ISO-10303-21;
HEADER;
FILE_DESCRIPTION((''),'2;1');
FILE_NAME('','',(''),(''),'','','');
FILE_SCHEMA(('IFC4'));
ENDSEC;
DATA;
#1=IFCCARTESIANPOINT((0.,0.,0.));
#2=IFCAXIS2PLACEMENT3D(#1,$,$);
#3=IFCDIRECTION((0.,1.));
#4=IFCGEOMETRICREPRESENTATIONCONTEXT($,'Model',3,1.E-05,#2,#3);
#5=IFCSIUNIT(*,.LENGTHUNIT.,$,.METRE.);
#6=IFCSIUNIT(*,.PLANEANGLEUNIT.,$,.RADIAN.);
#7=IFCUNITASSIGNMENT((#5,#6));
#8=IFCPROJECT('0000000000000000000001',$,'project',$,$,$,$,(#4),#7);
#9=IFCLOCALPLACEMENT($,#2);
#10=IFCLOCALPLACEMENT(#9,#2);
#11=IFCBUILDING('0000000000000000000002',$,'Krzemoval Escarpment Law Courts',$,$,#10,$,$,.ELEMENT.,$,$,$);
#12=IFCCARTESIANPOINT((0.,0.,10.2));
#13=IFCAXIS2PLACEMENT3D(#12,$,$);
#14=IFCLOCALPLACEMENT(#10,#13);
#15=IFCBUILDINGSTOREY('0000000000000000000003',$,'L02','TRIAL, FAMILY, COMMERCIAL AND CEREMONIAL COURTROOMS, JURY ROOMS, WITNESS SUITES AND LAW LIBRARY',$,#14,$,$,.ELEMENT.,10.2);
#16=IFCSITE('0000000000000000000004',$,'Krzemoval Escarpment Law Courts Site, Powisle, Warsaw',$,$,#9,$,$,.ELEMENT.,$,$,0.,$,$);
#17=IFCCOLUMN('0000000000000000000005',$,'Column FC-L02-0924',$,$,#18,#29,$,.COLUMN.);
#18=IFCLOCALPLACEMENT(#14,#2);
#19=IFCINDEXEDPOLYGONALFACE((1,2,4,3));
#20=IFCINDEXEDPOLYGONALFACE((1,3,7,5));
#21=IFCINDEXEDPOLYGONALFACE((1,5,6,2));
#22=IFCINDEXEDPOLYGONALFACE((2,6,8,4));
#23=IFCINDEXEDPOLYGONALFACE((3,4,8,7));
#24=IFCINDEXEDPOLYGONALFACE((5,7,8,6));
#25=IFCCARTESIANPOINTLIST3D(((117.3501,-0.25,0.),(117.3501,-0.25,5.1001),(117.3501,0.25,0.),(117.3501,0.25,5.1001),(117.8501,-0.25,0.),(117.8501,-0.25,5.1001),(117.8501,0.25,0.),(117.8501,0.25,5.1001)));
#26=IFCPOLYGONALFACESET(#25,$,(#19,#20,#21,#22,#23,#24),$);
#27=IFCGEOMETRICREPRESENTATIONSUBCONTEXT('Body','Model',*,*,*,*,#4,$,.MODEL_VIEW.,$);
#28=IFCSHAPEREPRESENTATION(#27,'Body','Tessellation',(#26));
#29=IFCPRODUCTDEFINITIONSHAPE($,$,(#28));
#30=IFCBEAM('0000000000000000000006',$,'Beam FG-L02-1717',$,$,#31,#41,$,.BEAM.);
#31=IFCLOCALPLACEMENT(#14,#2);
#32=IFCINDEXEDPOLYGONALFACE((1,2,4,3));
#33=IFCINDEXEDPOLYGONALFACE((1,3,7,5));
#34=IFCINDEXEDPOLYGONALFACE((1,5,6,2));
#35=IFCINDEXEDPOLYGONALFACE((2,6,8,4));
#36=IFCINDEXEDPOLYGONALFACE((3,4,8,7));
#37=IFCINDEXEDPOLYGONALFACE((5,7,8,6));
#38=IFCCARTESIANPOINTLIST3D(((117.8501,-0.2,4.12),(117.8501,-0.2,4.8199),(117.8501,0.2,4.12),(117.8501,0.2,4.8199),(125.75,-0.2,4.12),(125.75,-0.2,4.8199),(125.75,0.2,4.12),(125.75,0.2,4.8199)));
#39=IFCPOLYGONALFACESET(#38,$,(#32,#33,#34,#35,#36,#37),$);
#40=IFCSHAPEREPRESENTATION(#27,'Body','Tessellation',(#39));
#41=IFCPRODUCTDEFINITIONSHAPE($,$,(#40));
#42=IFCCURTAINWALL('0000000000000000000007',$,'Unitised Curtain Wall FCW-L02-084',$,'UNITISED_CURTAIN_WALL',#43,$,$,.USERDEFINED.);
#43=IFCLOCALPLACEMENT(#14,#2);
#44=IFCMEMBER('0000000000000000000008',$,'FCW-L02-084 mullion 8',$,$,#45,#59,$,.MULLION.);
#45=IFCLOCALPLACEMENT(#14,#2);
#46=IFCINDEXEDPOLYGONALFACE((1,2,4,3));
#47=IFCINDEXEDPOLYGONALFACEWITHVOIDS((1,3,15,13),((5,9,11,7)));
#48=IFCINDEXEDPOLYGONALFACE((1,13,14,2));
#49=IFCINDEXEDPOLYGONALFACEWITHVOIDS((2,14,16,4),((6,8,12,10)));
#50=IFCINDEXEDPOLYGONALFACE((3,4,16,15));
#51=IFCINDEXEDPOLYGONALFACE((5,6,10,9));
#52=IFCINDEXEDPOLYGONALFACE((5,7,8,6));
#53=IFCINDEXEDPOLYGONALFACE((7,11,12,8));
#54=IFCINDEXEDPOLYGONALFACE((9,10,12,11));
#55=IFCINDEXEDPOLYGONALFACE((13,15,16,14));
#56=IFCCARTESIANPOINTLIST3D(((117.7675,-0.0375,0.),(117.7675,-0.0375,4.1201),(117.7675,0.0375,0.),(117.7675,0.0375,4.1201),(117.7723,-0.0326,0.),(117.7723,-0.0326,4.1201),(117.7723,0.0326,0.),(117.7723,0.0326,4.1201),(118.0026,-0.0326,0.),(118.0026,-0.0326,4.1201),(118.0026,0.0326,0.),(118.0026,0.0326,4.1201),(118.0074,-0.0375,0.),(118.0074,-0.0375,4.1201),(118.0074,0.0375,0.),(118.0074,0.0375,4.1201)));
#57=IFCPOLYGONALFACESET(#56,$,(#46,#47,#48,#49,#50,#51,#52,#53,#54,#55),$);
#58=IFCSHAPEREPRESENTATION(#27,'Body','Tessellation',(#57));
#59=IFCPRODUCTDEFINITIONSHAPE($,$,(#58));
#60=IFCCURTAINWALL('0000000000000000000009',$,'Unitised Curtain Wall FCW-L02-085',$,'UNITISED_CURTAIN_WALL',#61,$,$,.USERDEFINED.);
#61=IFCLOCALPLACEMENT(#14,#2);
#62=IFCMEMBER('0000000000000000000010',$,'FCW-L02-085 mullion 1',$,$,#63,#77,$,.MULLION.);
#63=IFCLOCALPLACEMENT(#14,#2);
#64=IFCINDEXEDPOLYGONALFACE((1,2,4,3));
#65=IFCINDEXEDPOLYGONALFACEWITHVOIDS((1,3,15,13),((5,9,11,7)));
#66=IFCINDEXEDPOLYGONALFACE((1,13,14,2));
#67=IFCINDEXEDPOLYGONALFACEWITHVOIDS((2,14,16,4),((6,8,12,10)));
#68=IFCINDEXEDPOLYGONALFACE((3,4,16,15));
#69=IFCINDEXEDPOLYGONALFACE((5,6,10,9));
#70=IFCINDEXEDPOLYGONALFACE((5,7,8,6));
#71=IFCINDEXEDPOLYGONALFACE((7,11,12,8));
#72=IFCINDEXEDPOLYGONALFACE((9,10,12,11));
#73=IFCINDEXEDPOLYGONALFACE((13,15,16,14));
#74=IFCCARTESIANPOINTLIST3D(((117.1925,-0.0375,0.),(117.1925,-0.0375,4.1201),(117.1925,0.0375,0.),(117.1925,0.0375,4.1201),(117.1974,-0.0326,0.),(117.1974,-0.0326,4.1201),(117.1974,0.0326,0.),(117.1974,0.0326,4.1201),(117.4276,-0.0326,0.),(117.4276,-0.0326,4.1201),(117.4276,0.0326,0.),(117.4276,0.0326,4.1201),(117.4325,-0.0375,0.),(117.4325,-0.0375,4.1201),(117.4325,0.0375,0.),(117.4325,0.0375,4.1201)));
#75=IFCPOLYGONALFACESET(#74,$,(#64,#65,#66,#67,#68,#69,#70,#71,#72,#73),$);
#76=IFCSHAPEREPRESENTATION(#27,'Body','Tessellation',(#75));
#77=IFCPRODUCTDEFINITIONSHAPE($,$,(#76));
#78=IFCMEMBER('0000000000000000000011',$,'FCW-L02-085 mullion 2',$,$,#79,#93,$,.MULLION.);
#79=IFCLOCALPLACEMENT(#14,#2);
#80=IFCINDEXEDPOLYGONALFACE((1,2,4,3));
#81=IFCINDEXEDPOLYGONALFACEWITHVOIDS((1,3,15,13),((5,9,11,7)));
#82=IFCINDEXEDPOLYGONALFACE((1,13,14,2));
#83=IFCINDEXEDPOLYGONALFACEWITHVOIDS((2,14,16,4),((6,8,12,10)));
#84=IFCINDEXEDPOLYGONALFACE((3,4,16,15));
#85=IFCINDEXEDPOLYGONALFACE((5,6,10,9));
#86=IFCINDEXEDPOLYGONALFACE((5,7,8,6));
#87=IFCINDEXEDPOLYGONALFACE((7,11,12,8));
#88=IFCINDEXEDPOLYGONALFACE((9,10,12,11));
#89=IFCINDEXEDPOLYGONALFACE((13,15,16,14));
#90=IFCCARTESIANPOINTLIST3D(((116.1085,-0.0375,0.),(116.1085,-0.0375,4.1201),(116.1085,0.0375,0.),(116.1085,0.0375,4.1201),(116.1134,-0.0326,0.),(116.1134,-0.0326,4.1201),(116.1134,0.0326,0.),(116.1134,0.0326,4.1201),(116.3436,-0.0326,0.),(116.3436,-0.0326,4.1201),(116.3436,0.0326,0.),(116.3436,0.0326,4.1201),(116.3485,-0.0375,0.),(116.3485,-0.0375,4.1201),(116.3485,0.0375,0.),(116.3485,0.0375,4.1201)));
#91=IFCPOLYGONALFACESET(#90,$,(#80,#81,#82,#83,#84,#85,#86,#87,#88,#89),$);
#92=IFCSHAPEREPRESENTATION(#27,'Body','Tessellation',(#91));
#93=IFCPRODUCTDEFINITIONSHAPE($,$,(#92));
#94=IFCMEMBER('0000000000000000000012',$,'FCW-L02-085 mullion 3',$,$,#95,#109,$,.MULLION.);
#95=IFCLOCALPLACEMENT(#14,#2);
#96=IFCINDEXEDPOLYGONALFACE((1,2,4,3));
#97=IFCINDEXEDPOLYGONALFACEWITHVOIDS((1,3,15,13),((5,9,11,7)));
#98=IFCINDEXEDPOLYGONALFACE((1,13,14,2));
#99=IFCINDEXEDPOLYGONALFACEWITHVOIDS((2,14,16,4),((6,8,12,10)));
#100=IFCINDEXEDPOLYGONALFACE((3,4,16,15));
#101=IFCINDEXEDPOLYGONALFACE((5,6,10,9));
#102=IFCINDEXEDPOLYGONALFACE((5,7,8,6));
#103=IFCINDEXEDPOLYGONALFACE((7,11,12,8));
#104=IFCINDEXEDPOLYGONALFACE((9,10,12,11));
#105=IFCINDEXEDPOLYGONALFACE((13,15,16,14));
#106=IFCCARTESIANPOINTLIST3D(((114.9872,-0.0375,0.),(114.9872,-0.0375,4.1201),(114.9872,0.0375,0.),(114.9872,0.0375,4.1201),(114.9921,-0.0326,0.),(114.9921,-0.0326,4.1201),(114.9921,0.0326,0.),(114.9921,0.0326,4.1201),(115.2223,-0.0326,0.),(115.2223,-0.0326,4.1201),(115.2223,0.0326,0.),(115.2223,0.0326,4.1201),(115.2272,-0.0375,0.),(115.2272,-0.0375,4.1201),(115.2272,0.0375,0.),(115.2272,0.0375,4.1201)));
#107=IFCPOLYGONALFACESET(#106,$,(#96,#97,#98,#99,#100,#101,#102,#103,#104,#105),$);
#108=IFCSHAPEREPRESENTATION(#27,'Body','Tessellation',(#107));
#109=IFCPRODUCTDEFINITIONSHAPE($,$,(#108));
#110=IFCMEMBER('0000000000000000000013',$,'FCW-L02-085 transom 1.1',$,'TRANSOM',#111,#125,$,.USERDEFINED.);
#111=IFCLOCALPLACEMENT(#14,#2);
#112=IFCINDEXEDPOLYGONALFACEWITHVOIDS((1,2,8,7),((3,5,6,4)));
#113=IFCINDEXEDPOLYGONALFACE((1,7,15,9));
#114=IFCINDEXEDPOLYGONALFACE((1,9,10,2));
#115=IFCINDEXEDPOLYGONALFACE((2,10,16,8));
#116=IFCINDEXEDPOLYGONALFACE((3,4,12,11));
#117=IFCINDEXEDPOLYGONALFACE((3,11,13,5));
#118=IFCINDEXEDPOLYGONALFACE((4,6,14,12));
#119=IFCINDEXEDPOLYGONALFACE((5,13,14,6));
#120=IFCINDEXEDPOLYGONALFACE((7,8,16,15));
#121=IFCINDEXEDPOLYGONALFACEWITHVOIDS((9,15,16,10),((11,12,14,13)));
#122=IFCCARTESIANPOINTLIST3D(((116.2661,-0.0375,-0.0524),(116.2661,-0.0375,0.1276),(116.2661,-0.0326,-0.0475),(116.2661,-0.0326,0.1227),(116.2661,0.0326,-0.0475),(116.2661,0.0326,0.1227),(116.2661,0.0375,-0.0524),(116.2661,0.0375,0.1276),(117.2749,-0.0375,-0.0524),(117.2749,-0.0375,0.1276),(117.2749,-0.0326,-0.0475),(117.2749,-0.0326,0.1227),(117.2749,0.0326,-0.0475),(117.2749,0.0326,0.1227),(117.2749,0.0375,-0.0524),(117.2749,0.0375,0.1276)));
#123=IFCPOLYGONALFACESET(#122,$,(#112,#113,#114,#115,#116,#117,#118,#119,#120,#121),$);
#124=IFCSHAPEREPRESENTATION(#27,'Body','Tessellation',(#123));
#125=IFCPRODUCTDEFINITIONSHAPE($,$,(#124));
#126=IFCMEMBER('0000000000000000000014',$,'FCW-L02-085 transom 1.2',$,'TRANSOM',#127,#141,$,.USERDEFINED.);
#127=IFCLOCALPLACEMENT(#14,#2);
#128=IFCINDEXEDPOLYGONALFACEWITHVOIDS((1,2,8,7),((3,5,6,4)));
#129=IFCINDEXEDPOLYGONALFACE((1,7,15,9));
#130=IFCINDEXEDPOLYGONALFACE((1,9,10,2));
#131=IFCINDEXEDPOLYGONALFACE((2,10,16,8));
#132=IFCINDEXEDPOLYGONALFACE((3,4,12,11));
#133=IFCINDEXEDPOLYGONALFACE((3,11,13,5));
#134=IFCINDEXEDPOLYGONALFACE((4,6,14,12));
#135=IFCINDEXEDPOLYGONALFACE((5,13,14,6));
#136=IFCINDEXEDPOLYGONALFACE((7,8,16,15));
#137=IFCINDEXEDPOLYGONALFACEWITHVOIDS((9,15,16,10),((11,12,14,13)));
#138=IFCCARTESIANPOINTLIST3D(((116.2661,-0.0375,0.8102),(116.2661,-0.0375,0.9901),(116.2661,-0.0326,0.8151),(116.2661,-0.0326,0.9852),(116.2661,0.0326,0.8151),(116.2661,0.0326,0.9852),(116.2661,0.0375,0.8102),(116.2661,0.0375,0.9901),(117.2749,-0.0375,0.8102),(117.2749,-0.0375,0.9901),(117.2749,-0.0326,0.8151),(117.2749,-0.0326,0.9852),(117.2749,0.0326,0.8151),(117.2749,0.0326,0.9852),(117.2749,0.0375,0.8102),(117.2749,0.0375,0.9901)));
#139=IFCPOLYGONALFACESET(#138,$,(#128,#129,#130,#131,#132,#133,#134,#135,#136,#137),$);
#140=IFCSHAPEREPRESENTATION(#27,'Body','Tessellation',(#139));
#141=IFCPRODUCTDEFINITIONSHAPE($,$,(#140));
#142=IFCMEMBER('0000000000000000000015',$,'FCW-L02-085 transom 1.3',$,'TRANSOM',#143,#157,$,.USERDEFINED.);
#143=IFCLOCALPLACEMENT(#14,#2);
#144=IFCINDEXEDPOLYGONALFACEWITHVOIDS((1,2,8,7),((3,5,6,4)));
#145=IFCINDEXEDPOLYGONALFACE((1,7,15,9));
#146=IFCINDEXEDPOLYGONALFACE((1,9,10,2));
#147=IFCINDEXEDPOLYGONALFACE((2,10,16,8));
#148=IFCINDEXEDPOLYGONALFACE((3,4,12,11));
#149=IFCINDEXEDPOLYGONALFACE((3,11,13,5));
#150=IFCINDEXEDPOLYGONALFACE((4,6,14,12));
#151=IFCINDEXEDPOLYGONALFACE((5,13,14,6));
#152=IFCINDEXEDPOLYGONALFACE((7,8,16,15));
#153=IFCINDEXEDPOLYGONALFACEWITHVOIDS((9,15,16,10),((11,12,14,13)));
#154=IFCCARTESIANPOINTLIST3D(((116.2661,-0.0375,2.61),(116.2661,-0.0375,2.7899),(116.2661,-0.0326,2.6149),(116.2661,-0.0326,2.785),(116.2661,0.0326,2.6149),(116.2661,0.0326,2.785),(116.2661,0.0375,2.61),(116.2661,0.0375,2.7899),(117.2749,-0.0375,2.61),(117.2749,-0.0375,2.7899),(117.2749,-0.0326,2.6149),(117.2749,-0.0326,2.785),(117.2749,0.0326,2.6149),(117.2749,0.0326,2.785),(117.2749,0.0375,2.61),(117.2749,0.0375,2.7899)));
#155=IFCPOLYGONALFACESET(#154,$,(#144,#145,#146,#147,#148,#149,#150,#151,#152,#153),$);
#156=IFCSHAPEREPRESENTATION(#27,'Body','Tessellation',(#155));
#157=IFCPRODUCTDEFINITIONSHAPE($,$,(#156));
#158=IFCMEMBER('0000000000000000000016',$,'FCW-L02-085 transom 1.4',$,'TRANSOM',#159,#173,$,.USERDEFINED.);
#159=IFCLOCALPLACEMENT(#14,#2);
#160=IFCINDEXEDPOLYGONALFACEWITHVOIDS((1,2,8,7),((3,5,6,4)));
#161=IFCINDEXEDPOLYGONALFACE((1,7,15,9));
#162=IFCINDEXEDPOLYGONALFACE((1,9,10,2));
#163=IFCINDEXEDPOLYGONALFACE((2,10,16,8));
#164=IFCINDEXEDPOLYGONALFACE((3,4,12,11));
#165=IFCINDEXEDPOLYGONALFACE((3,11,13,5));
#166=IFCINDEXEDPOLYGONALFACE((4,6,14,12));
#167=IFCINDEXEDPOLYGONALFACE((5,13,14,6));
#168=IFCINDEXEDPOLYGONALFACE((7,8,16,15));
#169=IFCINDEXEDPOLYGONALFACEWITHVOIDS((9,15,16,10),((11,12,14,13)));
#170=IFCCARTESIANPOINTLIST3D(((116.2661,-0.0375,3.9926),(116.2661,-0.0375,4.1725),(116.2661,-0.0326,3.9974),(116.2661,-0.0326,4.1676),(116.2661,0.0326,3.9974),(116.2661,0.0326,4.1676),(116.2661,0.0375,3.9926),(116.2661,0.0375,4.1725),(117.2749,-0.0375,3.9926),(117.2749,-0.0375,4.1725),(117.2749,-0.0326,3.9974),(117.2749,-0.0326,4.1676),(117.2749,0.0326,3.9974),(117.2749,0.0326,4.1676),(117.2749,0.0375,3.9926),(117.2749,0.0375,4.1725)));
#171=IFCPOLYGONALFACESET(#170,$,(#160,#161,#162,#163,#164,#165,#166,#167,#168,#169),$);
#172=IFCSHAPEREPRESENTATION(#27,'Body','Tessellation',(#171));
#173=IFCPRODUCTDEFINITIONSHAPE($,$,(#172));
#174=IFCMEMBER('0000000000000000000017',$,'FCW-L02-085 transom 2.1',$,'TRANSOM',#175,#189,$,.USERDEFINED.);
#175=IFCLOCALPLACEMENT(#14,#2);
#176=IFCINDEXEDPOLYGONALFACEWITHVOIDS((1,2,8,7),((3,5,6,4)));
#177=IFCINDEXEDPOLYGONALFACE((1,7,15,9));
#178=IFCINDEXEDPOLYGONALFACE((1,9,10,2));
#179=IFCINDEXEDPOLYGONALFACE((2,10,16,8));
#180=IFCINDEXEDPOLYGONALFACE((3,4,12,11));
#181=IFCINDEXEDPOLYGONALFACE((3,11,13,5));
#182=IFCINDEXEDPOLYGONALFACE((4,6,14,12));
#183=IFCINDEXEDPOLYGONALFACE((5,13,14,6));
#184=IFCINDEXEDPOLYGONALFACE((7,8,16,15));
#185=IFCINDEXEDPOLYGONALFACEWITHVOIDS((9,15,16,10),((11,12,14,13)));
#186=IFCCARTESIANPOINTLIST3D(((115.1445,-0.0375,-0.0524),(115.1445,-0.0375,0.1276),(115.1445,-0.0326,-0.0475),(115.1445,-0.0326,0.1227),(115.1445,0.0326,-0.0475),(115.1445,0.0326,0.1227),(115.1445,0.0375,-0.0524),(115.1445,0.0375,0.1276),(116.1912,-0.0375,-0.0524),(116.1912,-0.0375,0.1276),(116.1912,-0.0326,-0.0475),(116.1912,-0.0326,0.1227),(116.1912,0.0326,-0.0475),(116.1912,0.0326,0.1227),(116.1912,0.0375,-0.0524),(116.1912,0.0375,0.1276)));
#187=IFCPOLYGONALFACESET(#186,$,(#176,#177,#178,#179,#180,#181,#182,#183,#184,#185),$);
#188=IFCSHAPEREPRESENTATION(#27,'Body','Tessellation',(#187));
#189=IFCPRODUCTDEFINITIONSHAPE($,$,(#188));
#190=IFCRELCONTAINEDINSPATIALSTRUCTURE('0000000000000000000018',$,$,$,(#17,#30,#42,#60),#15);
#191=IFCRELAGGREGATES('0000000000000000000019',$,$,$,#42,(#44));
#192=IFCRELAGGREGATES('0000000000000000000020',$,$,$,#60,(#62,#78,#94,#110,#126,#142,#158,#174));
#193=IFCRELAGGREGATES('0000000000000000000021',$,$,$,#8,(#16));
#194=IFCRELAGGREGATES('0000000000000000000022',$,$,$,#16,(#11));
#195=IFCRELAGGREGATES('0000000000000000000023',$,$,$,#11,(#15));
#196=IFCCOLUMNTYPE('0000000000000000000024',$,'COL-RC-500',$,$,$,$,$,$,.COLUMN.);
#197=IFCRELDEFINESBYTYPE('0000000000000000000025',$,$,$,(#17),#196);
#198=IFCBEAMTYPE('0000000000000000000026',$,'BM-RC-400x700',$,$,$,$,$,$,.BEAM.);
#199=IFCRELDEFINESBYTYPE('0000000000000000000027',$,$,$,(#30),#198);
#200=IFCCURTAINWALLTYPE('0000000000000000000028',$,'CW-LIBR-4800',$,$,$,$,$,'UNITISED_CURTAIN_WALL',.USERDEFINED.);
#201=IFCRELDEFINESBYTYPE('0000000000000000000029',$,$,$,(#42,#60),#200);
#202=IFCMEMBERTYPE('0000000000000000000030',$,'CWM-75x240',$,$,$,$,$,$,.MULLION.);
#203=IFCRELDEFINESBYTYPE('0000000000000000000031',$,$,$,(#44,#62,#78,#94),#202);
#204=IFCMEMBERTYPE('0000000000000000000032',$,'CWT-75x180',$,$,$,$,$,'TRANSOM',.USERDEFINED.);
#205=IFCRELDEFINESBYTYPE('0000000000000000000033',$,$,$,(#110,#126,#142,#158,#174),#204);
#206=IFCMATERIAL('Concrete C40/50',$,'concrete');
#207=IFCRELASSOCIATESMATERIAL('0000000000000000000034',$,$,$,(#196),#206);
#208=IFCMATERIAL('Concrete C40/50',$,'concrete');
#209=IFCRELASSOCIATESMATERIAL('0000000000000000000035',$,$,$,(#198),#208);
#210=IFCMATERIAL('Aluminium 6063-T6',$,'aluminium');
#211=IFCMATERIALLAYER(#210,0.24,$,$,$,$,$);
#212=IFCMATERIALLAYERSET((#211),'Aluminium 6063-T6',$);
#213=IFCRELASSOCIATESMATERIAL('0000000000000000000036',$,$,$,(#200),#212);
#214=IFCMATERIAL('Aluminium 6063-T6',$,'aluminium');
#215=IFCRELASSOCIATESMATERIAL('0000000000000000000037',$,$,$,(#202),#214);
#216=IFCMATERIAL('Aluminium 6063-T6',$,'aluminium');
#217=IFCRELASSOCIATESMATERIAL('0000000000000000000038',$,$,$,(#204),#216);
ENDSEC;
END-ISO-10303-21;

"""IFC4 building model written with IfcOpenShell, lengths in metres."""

from ifc_helpers import new_model, si_unit, direction, frame, origin, origin_2d, place, context, subcontext, project, spatial, rectangle, hollow_rectangle, extrude, material, layer, layer_set, material_profile, profile_set, type_object, element, aggregate, save


model = new_model("IFC4")

# Units and contexts
model_context = context("Model", 3, precision=1e-05, world=origin(), true_north=direction((0.0, 1.0)))
body_context = subcontext(model_context, "Body", "Model", "MODEL_VIEW")
ifc_project = project(units=[si_unit("LENGTHUNIT", "METRE"), si_unit("PLANEANGLEUNIT", "RADIAN")], contexts=[model_context])

# Site, building, storey
site_placement = place(None, origin())
site = spatial("IfcSite", under=ifc_project, at=site_placement, Name="Krzemoval Escarpment Law Courts Site, Powisle, Warsaw", CompositionType="ELEMENT", RefElevation=0.0)
building_placement = place(site_placement, origin())
building = spatial("IfcBuilding", under=site, at=building_placement, Name="Krzemoval Escarpment Law Courts", CompositionType="ELEMENT")
storey_placement = place(building_placement, frame((0.0, 0.0, 10.2)))
storey = spatial("IfcBuildingStorey", under=building, at=storey_placement, Name="L02", Description="TRIAL, FAMILY, COMMERCIAL AND CEREMONIAL COURTROOMS, JURY ROOMS, WITNESS SUITES AND LAW LIBRARY", CompositionType="ELEMENT", Elevation=10.2)

# Column
ifc_material_1 = material(Name="Concrete C40/50", Category="concrete")
ifc_material_profile_1 = material_profile(ifc_material_1, rectangle(XDim=0.5, YDim=0.5, at=origin_2d()), Name="RC 500x500")
ifc_profile_set_1 = profile_set([ifc_material_profile_1], Name="Concrete C40/50")
column_type = type_object("IfcColumnType", Name="COL-RC-500", PredefinedType="COLUMN", material=ifc_profile_set_1)
column_placement = place(storey_placement, frame((117.6001, 0.0, 0.0), z_axis=(0.0, 0.0, 1.0), x_axis=(1.0, 0.0, 0.0)))
element("IfcColumn", 1, at=column_placement, inside=storey, type_object=column_type, Name="Column FC-L02-0924", PredefinedType="COLUMN", context=body_context, shape_type="SweptSolid", body=[
    extrude(rectangle(XDim=0.5, YDim=0.5, at=origin_2d()), origin(), (0.0, 0.0, 1.0), 5.1001),
])

# Beam
ifc_material_2 = material(Name="Concrete C40/50", Category="concrete")
ifc_material_profile_2 = material_profile(ifc_material_2, rectangle(XDim=0.3999, YDim=0.7, at=origin_2d()), Name="RCB 400x700")
ifc_profile_set_2 = profile_set([ifc_material_profile_2], Name="Concrete C40/50")
beam_type = type_object("IfcBeamType", Name="BM-RC-400x700", PredefinedType="BEAM", material=ifc_profile_set_2)
beam_placement = place(storey_placement, frame((117.8501, 0.0, 4.47), z_axis=(1.0, 0.0, 0.0), x_axis=(0.0, 1.0, 0.0)))
element("IfcBeam", 2, at=beam_placement, inside=storey, type_object=beam_type, Name="Beam FG-L02-1717", PredefinedType="BEAM", context=body_context, shape_type="SweptSolid", body=[
    extrude(rectangle(XDim=0.3999, YDim=0.7, at=origin_2d()), origin(), (0.0, 0.0, 1.0), 7.8999),
])

# Curtain wall, member
ifc_material_3 = material(Name="Aluminium 6063-T6", Category="aluminium")
ifc_layer_1 = layer(ifc_material_3, 0.24)
ifc_layer_set_1 = layer_set([ifc_layer_1], Name="Aluminium 6063-T6")
curtain_wall_type = type_object("IfcCurtainWallType", Name="CW-LIBR-4800", ElementType="UNITISED_CURTAIN_WALL", PredefinedType="USERDEFINED", material=ifc_layer_set_1)
curtain_wall_1_placement = place(storey_placement, origin())
curtain_wall_1 = element("IfcCurtainWall", 3, at=curtain_wall_1_placement, inside=storey, type_object=curtain_wall_type, Name="Unitised Curtain Wall FCW-L02-084", ObjectType="UNITISED_CURTAIN_WALL", PredefinedType="USERDEFINED")
ifc_material_4 = material(Name="Aluminium 6063-T6", Category="aluminium")
ifc_material_profile_3 = material_profile(ifc_material_4, hollow_rectangle(XDim=0.075, YDim=0.24, WallThickness=0.0049, at=origin_2d()), Name="ALU M75x240")
ifc_profile_set_3 = profile_set([ifc_material_profile_3], Name="Aluminium 6063-T6")
member_type_1 = type_object("IfcMemberType", Name="CWM-75x240", PredefinedType="MULLION", material=ifc_profile_set_3)
member_1_placement = place(storey_placement, frame((117.8875, 0.0, 0.0), z_axis=(0.0, 0.0, 1.0), x_axis=(0.0, -1.0, 0.0)))
member_1 = element("IfcMember", 4, at=member_1_placement, type_object=member_type_1, Name="FCW-L02-084 mullion 8", PredefinedType="MULLION", context=body_context, shape_type="SweptSolid", body=[
    extrude(hollow_rectangle(XDim=0.075, YDim=0.24, WallThickness=0.0049, at=origin_2d()), origin(), (0.0, 0.0, 1.0), 4.1201),
])
aggregate(curtain_wall_1, [member_1])

# Curtain wall, members
curtain_wall_2_placement = place(storey_placement, origin())
curtain_wall_2 = element("IfcCurtainWall", 5, at=curtain_wall_2_placement, inside=storey, type_object=curtain_wall_type, Name="Unitised Curtain Wall FCW-L02-085", ObjectType="UNITISED_CURTAIN_WALL", PredefinedType="USERDEFINED")
member_2_placement = place(storey_placement, frame((117.3125, 0.0, 0.0), z_axis=(0.0, 0.0, 1.0), x_axis=(0.0, -1.0, 0.0)))
member_2 = element("IfcMember", 6, at=member_2_placement, type_object=member_type_1, Name="FCW-L02-085 mullion 1", PredefinedType="MULLION", context=body_context, shape_type="SweptSolid", body=[
    extrude(hollow_rectangle(XDim=0.075, YDim=0.24, WallThickness=0.0049, at=origin_2d()), origin(), (0.0, 0.0, 1.0), 4.1201),
])
member_3_placement = place(storey_placement, frame((116.2285, 0.0, 0.0), z_axis=(0.0, 0.0, 1.0), x_axis=(0.0, -1.0, 0.0)))
member_3 = element("IfcMember", 7, at=member_3_placement, type_object=member_type_1, Name="FCW-L02-085 mullion 2", PredefinedType="MULLION", context=body_context, shape_type="SweptSolid", body=[
    extrude(hollow_rectangle(XDim=0.075, YDim=0.24, WallThickness=0.0049, at=origin_2d()), origin(), (0.0, 0.0, 1.0), 4.1201),
])
member_4_placement = place(storey_placement, frame((115.1072, 0.0, 0.0), z_axis=(0.0, 0.0, 1.0), x_axis=(0.0, -1.0, 0.0)))
member_4 = element("IfcMember", 8, at=member_4_placement, type_object=member_type_1, Name="FCW-L02-085 mullion 3", PredefinedType="MULLION", context=body_context, shape_type="SweptSolid", body=[
    extrude(hollow_rectangle(XDim=0.075, YDim=0.24, WallThickness=0.0049, at=origin_2d()), origin(), (0.0, 0.0, 1.0), 4.1201),
])
ifc_material_5 = material(Name="Aluminium 6063-T6", Category="aluminium")
ifc_material_profile_4 = material_profile(ifc_material_5, hollow_rectangle(XDim=0.075, YDim=0.1799, WallThickness=0.0049, at=origin_2d()), Name="ALU T75x180")
ifc_profile_set_4 = profile_set([ifc_material_profile_4], Name="Aluminium 6063-T6")
member_type_2 = type_object("IfcMemberType", Name="CWT-75x180", ElementType="TRANSOM", PredefinedType="USERDEFINED", material=ifc_profile_set_4)
member_5_placement = place(storey_placement, frame((117.2749, 0.0, 0.0376), z_axis=(-1.0, 0.0, 0.0), x_axis=(0.0, -1.0, 0.0)))
member_5 = element("IfcMember", 9, at=member_5_placement, type_object=member_type_2, Name="FCW-L02-085 transom 1.1", ObjectType="TRANSOM", PredefinedType="USERDEFINED", context=body_context, shape_type="SweptSolid", body=[
    extrude(hollow_rectangle(XDim=0.075, YDim=0.1799, WallThickness=0.0049, at=origin_2d()), origin(), (0.0, 0.0, 1.0), 1.0088),
])
member_6_placement = place(storey_placement, frame((117.2749, 0.0, 0.9001), z_axis=(-1.0, 0.0, 0.0), x_axis=(0.0, -1.0, 0.0)))
member_6 = element("IfcMember", 10, at=member_6_placement, type_object=member_type_2, Name="FCW-L02-085 transom 1.2", ObjectType="TRANSOM", PredefinedType="USERDEFINED", context=body_context, shape_type="SweptSolid", body=[
    extrude(hollow_rectangle(XDim=0.075, YDim=0.1799, WallThickness=0.0049, at=origin_2d()), origin(), (0.0, 0.0, 1.0), 1.0088),
])
member_7_placement = place(storey_placement, frame((117.2749, 0.0, 2.7), z_axis=(-1.0, 0.0, 0.0), x_axis=(0.0, -1.0, 0.0)))
member_7 = element("IfcMember", 11, at=member_7_placement, type_object=member_type_2, Name="FCW-L02-085 transom 1.3", ObjectType="TRANSOM", PredefinedType="USERDEFINED", context=body_context, shape_type="SweptSolid", body=[
    extrude(hollow_rectangle(XDim=0.075, YDim=0.1799, WallThickness=0.0049, at=origin_2d()), origin(), (0.0, 0.0, 1.0), 1.0088),
])
member_8_placement = place(storey_placement, frame((117.2749, 0.0, 4.0825), z_axis=(-1.0, 0.0, 0.0), x_axis=(0.0, -1.0, 0.0)))
member_8 = element("IfcMember", 12, at=member_8_placement, type_object=member_type_2, Name="FCW-L02-085 transom 1.4", ObjectType="TRANSOM", PredefinedType="USERDEFINED", context=body_context, shape_type="SweptSolid", body=[
    extrude(hollow_rectangle(XDim=0.075, YDim=0.1799, WallThickness=0.0049, at=origin_2d()), origin(), (0.0, 0.0, 1.0), 1.0088),
])
member_9_placement = place(storey_placement, frame((116.1912, 0.0, 0.0376), z_axis=(-1.0, 0.0, 0.0), x_axis=(0.0, -1.0, 0.0)))
member_9 = element("IfcMember", 13, at=member_9_placement, type_object=member_type_2, Name="FCW-L02-085 transom 2.1", ObjectType="TRANSOM", PredefinedType="USERDEFINED", context=body_context, shape_type="SweptSolid", body=[
    extrude(hollow_rectangle(XDim=0.075, YDim=0.1799, WallThickness=0.0049, at=origin_2d()), origin(), (0.0, 0.0, 1.0), 1.0466),
])
aggregate(curtain_wall_2, [member_2, member_3, member_4, member_5, member_6, member_7, member_8, member_9])

save(model, "model.ifc")
